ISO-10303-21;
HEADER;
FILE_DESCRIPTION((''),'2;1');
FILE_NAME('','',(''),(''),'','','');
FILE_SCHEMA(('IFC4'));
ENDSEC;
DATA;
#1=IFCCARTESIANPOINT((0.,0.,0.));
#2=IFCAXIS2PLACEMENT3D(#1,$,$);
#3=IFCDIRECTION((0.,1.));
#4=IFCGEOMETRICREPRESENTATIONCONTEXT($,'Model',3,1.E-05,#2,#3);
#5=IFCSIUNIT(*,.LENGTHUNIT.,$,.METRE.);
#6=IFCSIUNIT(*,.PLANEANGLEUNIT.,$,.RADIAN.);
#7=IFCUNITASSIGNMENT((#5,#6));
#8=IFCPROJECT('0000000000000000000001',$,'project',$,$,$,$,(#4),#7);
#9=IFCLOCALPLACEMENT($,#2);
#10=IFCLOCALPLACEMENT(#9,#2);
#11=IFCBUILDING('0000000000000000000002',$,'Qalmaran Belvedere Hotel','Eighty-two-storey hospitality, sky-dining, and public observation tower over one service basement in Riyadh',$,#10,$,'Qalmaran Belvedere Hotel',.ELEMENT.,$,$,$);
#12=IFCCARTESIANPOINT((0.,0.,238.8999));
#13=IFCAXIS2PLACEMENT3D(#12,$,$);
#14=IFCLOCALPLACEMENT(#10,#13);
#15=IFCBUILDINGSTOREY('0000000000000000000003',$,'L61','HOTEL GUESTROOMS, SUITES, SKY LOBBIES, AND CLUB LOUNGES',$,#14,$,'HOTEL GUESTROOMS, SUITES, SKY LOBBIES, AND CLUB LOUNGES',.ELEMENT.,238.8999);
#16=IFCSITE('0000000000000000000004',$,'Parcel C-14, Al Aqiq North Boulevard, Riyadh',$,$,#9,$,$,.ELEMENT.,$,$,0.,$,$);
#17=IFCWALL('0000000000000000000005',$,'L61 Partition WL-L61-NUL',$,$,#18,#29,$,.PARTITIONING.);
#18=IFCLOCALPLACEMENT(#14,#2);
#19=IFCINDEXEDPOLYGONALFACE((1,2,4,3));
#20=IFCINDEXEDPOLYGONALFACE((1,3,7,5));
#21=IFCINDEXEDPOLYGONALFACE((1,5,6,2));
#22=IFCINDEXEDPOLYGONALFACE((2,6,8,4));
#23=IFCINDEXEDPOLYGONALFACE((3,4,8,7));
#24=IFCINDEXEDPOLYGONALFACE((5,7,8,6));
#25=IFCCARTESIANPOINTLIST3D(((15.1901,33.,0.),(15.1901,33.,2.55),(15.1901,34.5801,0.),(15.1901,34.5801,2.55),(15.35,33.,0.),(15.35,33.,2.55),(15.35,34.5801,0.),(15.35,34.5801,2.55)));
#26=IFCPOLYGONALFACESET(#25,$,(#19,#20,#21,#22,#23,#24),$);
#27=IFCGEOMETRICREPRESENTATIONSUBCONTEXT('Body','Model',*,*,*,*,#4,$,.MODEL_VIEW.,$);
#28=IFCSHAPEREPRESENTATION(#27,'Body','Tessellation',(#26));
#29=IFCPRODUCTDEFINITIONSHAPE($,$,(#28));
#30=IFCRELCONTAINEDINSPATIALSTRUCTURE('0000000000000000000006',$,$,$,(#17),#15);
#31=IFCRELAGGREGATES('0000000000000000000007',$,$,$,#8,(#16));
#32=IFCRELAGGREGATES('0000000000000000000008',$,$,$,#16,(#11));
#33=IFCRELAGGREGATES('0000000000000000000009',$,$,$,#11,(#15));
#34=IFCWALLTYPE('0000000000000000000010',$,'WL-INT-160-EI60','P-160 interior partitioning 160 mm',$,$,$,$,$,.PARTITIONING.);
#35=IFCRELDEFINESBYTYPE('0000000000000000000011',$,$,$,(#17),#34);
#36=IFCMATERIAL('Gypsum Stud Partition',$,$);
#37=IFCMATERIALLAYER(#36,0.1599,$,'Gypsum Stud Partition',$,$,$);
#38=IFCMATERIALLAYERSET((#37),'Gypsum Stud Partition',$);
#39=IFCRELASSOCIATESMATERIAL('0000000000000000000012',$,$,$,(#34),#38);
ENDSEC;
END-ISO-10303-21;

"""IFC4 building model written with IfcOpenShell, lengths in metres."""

from ifc_helpers import new_model, si_unit, direction, frame, frame_2d, origin, place, context, subcontext, project, spatial, rectangle, extrude, material, layer, layer_set, type_object, element, save


model = new_model("IFC4")

# Units and contexts
model_context = context("Model", 3, precision=1e-05, world=origin(), true_north=direction((0.0, 1.0)))
body_context = subcontext(model_context, "Body", "Model", "MODEL_VIEW")
ifc_project = project(units=[si_unit("LENGTHUNIT", "METRE"), si_unit("PLANEANGLEUNIT", "RADIAN")], contexts=[model_context])

# Site, building, storey
site_placement = place(None, origin())
site = spatial("IfcSite", under=ifc_project, at=site_placement, Name="Parcel C-14, Al Aqiq North Boulevard, Riyadh", CompositionType="ELEMENT", RefElevation=0.0)
building_placement = place(site_placement, origin())
building = spatial("IfcBuilding", under=site, at=building_placement, Name="Qalmaran Belvedere Hotel", Description="Eighty-two-storey hospitality, sky-dining, and public observation tower over one service basement in Riyadh", LongName="Qalmaran Belvedere Hotel", CompositionType="ELEMENT")
storey_placement = place(building_placement, frame((0.0, 0.0, 238.8999)))
storey = spatial("IfcBuildingStorey", under=building, at=storey_placement, Name="L61", Description="HOTEL GUESTROOMS, SUITES, SKY LOBBIES, AND CLUB LOUNGES", LongName="HOTEL GUESTROOMS, SUITES, SKY LOBBIES, AND CLUB LOUNGES", CompositionType="ELEMENT", Elevation=238.8999)

# Wall
ifc_material_1 = material(Name="Gypsum Stud Partition")
ifc_layer_1 = layer(ifc_material_1, 0.1599, Name="Gypsum Stud Partition")
ifc_layer_set_1 = layer_set([ifc_layer_1], Name="Gypsum Stud Partition")
wall_type_1 = type_object("IfcWallType", Name="WL-INT-160-EI60", Description="P-160 interior partitioning 160 mm", PredefinedType="PARTITIONING", material=ifc_layer_set_1)
wall_1_placement = place(storey_placement, frame((15.27, 33.0, 0.0), z_axis=(0.0, 0.0, 1.0), x_axis=(0.0, 1.0, 0.0)))
element("IfcWall", 1, at=wall_1_placement, inside=storey, type_object=wall_type_1, Name="L61 Partition WL-L61-NUL", PredefinedType="PARTITIONING", context=body_context, shape_type="SweptSolid", body=[
    extrude(rectangle(XDim=1.5801, YDim=0.1599, at=frame_2d((0.79, 0.0))), origin(), (0.0, 0.0, 1.0), 2.55),
])

save(model, "model.ifc")
